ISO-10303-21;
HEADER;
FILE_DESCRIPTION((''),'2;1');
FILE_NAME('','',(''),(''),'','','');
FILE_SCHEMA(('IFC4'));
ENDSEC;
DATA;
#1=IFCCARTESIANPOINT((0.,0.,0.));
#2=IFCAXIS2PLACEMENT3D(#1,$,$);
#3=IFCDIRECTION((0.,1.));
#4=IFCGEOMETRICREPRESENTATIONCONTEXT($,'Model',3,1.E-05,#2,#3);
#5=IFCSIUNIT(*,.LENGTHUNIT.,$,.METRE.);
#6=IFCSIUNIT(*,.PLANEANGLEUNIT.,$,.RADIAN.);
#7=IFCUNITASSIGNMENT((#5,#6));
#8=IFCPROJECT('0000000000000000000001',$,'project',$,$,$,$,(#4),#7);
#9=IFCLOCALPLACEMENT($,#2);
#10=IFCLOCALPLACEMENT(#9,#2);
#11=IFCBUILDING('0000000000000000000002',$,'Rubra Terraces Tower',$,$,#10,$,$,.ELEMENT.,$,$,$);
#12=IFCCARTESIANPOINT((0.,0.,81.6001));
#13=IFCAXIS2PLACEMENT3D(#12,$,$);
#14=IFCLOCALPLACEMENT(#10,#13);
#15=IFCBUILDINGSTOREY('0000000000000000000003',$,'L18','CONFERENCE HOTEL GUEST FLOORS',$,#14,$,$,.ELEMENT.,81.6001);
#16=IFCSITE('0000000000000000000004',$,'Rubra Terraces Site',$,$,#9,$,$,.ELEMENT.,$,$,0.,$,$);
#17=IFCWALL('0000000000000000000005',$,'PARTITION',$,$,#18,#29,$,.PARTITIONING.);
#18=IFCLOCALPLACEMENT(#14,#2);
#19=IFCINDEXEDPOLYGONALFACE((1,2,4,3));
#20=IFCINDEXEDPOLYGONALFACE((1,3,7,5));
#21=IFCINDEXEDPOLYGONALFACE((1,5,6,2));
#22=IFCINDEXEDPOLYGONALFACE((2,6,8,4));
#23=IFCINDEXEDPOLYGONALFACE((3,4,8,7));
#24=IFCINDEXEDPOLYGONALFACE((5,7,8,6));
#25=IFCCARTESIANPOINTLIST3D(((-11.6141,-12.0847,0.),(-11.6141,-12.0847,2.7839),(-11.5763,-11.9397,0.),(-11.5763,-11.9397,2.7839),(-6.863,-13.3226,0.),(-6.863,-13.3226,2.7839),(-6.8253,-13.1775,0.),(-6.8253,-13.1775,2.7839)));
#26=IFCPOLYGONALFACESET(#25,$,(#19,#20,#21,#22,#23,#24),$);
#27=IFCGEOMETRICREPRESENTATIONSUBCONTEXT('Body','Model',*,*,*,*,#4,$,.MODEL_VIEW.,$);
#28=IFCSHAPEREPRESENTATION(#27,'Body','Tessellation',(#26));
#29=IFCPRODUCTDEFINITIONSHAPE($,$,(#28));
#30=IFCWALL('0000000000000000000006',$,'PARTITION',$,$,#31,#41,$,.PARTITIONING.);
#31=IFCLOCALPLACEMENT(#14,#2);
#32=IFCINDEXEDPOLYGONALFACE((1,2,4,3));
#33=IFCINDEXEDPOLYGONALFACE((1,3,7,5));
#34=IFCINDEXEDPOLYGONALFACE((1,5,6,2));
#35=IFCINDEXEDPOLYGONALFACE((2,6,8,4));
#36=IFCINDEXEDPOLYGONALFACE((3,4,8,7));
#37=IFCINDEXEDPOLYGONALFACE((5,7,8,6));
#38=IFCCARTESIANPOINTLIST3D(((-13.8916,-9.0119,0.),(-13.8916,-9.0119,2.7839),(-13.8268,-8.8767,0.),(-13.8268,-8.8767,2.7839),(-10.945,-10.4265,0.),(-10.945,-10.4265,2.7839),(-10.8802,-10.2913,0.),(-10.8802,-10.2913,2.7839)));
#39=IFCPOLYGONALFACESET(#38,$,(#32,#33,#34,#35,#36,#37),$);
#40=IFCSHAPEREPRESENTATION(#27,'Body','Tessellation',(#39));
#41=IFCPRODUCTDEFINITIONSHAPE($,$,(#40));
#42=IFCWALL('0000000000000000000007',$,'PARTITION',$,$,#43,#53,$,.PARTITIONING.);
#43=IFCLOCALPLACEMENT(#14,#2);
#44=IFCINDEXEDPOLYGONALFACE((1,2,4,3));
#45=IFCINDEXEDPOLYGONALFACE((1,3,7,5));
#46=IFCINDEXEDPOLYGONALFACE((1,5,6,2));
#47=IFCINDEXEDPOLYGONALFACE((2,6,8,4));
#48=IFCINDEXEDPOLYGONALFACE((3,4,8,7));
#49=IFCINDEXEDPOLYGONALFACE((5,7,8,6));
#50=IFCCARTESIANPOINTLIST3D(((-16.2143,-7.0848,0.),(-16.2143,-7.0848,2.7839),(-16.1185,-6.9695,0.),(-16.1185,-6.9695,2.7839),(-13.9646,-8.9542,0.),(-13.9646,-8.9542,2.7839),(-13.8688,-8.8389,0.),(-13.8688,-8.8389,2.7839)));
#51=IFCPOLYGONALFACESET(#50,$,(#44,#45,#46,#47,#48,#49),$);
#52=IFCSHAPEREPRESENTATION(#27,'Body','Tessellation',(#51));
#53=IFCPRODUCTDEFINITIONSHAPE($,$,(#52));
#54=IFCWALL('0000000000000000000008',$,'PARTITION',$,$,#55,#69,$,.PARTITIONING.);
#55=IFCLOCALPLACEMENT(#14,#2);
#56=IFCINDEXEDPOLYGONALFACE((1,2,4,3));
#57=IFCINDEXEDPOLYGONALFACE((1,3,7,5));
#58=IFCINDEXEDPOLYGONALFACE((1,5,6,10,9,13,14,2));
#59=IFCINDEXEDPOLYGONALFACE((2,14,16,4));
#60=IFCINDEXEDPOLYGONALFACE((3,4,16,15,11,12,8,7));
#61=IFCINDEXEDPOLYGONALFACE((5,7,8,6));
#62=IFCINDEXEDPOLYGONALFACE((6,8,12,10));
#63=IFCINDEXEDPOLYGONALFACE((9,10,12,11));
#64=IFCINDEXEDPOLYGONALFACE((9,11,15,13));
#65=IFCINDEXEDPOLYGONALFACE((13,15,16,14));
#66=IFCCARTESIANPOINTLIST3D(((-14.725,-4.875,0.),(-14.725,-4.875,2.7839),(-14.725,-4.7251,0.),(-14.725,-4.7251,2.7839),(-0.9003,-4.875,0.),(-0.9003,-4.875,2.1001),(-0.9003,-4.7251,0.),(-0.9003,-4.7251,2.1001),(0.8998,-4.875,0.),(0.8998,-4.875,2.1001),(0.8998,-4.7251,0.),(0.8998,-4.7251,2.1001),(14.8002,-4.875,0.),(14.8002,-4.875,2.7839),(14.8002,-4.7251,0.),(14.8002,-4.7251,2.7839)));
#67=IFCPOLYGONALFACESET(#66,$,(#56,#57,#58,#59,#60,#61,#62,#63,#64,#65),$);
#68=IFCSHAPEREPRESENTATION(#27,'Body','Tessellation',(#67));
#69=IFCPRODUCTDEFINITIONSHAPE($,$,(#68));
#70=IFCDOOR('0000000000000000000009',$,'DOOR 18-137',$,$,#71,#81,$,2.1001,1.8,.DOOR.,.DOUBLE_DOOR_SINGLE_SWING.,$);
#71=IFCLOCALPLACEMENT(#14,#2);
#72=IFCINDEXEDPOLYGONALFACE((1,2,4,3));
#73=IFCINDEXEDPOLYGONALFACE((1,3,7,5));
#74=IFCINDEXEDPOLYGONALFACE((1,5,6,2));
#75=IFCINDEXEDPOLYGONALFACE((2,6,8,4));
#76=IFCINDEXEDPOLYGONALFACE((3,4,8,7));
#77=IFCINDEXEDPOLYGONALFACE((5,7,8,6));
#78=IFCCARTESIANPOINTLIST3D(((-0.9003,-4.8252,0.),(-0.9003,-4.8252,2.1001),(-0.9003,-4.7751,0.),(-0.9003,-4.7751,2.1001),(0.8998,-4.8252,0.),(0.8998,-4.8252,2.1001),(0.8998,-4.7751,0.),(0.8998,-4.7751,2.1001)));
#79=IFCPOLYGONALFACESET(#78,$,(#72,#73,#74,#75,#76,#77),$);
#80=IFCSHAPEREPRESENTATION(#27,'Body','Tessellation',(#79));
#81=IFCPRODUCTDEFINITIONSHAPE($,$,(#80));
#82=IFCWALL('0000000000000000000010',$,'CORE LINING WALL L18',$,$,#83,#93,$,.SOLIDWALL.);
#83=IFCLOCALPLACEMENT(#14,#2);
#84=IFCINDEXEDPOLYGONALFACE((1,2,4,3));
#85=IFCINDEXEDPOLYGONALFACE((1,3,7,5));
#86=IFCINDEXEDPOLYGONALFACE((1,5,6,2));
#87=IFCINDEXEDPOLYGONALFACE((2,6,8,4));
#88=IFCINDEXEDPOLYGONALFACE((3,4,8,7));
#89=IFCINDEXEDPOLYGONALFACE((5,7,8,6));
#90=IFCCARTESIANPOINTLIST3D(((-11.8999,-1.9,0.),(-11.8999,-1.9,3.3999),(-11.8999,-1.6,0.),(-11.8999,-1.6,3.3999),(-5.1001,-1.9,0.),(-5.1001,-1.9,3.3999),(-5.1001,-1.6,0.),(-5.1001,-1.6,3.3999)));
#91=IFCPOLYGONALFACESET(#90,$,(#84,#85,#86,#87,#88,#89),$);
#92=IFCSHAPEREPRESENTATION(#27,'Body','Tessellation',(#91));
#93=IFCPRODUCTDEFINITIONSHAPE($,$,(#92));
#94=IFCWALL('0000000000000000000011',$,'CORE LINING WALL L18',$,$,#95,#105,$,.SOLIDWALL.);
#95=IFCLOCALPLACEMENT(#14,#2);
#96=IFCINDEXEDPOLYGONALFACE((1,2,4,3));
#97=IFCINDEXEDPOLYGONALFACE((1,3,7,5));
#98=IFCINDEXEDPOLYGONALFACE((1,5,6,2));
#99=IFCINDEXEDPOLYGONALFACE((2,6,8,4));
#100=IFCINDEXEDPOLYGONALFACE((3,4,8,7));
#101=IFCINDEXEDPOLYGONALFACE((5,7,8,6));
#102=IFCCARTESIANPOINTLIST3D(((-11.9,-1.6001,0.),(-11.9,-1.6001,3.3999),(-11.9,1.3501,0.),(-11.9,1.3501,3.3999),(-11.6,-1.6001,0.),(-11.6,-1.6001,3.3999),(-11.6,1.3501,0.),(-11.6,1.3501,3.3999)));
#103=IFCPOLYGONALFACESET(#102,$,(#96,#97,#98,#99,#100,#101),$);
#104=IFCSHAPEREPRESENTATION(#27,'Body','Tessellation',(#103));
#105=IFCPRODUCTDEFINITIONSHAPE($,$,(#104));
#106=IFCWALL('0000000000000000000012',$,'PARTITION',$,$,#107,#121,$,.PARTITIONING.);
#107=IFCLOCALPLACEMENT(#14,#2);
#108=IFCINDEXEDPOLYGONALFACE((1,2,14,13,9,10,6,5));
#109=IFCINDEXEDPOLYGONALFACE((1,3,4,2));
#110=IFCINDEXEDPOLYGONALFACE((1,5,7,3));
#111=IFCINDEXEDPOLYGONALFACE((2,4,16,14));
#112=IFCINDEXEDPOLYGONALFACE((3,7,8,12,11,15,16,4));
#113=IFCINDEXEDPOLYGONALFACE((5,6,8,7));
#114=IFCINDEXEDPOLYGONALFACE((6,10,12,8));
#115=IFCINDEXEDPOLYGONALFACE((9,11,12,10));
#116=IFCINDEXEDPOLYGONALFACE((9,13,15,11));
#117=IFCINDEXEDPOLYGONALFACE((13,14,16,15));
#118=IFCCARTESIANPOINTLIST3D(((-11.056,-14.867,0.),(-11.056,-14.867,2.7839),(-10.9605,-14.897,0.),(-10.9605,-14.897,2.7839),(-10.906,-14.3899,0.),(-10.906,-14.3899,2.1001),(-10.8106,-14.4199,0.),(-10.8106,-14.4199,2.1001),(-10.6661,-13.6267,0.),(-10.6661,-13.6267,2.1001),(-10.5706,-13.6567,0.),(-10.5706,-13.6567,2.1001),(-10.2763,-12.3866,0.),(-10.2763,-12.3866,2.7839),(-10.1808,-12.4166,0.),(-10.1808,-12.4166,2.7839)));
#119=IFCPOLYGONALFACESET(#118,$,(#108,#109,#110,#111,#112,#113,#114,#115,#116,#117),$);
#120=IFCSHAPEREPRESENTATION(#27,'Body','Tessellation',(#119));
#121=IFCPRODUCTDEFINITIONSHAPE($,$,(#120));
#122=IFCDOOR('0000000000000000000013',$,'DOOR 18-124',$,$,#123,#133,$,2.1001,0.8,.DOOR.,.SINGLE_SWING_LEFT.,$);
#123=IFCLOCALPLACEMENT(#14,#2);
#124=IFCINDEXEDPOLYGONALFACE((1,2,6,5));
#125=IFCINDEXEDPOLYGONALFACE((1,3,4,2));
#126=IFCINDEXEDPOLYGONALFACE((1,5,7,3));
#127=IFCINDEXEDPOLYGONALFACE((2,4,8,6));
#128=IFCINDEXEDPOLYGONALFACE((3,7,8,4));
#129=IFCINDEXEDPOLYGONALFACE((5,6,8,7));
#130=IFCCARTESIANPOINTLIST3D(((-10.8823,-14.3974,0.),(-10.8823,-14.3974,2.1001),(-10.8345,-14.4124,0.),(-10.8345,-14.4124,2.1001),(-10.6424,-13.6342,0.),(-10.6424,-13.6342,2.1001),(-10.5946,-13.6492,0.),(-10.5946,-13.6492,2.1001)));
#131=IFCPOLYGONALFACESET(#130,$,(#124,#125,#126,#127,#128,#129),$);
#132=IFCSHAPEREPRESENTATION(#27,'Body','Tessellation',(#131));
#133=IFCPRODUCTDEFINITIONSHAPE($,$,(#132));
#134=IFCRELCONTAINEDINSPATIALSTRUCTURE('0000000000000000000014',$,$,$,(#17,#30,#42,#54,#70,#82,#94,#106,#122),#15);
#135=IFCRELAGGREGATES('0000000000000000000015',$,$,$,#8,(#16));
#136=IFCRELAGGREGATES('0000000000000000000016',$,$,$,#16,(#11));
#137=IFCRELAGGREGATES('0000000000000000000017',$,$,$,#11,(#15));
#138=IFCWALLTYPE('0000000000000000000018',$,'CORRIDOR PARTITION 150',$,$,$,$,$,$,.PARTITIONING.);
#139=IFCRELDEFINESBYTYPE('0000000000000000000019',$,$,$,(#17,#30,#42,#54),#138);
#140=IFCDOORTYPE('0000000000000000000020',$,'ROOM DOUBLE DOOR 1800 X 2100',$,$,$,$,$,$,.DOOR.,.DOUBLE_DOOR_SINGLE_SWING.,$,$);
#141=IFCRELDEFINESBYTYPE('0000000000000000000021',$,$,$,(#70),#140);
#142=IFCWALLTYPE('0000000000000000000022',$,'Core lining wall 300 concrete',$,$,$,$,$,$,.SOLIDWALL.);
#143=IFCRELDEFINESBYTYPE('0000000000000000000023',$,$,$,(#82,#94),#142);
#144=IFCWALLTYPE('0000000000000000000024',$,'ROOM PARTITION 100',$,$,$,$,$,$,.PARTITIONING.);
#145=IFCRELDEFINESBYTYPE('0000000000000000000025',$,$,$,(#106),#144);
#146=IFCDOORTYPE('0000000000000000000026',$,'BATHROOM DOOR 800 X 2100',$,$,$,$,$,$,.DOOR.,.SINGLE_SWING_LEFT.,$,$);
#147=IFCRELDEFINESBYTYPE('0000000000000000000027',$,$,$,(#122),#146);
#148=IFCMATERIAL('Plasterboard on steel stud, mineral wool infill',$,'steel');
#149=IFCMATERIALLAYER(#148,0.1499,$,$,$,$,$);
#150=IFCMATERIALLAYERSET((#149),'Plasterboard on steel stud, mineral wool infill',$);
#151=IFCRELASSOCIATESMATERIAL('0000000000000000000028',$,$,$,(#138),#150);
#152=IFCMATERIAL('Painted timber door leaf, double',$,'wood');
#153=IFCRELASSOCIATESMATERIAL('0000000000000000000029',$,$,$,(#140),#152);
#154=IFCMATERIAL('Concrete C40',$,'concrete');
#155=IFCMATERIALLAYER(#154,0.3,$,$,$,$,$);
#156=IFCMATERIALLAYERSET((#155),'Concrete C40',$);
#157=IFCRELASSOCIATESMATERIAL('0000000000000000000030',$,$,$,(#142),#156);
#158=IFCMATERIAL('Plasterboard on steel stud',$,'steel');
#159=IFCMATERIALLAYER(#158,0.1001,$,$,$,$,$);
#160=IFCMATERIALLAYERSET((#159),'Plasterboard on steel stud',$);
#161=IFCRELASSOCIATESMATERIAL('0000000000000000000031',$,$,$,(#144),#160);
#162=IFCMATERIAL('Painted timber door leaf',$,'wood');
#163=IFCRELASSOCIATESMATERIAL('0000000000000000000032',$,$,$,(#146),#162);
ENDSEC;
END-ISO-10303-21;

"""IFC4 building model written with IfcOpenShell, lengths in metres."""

from ifc_helpers import new_model, si_unit, direction, frame, frame_2d, origin, place, context, subcontext, project, spatial, rectangle, extrude, material, layer, layer_set, type_object, element, fill, save


model = new_model("IFC4")

# Units and contexts
model_context = context("Model", 3, precision=1e-05, world=origin(), true_north=direction((0.0, 1.0)))
body_context = subcontext(model_context, "Body", "Model", "MODEL_VIEW")
ifc_project = project(units=[si_unit("LENGTHUNIT", "METRE"), si_unit("PLANEANGLEUNIT", "RADIAN")], contexts=[model_context])

# Site, building, storey
site_placement = place(None, origin())
site = spatial("IfcSite", under=ifc_project, at=site_placement, Name="Rubra Terraces Site", CompositionType="ELEMENT", RefElevation=0.0)
building_placement = place(site_placement, origin())
building = spatial("IfcBuilding", under=site, at=building_placement, Name="Rubra Terraces Tower", CompositionType="ELEMENT")
storey_placement = place(building_placement, frame((0.0, 0.0, 81.6001)))
storey = spatial("IfcBuildingStorey", under=building, at=storey_placement, Name="L18", Description="CONFERENCE HOTEL GUEST FLOORS", CompositionType="ELEMENT", Elevation=81.6001)

# Shared definitions
ifc_material_1 = material(Name="Plasterboard on steel stud, mineral wool infill", Category="steel")
ifc_layer_1 = layer(ifc_material_1, 0.1499)
ifc_layer_set_1 = layer_set([ifc_layer_1], Name="Plasterboard on steel stud, mineral wool infill")
wall_type_1 = type_object("IfcWallType", Name="CORRIDOR PARTITION 150", PredefinedType="PARTITIONING", material=ifc_layer_set_1)
ifc_material_2 = material(Name="Painted timber door leaf", Category="wood")

# Walls
wall_1_placement = place(storey_placement, frame((-11.5952, -12.0122, 0.0), z_axis=(0.0, 0.0, 1.0), x_axis=(0.967696, -0.252118, 0.0)))
element("IfcWall", 1, at=wall_1_placement, inside=storey, type_object=wall_type_1, Name="PARTITION", PredefinedType="PARTITIONING", context=body_context, shape_type="SweptSolid", body=[
    extrude(rectangle(XDim=4.9097, YDim=0.1499, at=frame_2d((2.4548, 0.0))), origin(), (0.0, 0.0, 1.0), 2.7839),
])
wall_2_placement = place(storey_placement, frame((-10.9126, -10.3589, 0.0), z_axis=(0.0, 0.0, 1.0), x_axis=(-0.901497, 0.432784, 0.0)))
element("IfcWall", 2, at=wall_2_placement, inside=storey, type_object=wall_type_1, Name="PARTITION", PredefinedType="PARTITIONING", context=body_context, shape_type="SweptSolid", body=[
    extrude(rectangle(XDim=3.2686, YDim=0.1499, at=frame_2d((1.6343, 0.0))), origin(), (0.0, 0.0, 1.0), 2.7839),
])
wall_3_placement = place(storey_placement, frame((-13.9167, -8.8965, 0.0), z_axis=(0.0, 0.0, 1.0), x_axis=(-0.76913, 0.639092, 0.0)))
element("IfcWall", 3, at=wall_3_placement, inside=storey, type_object=wall_type_1, Name="PARTITION", PredefinedType="PARTITIONING", context=body_context, shape_type="SweptSolid", body=[
    extrude(rectangle(XDim=2.925, YDim=0.1499, at=frame_2d((1.4624, 0.0))), origin(), (0.0, 0.0, 1.0), 2.7839),
])

# Wall, opening, door
wall_4_placement = place(storey_placement, frame((-14.7251, -4.8, 0.0), z_axis=(0.0, 0.0, 1.0), x_axis=(1.0, 0.0, 0.0)))
wall_4 = element("IfcWall", 4, at=wall_4_placement, inside=storey, type_object=wall_type_1, Name="PARTITION", PredefinedType="PARTITIONING", context=body_context, shape_type="SweptSolid", body=[
    extrude(rectangle(XDim=29.5251, YDim=0.1499, at=frame_2d((14.7627, 0.0))), origin(), (0.0, 0.0, 1.0), 2.7839),
])
opening_1_placement = place(wall_4_placement, frame((13.825, 0.0, 0.0)))
opening_1 = element("IfcOpeningElement", 5, at=opening_1_placement, cuts=wall_4, PredefinedType="OPENING", context=body_context, shape_type="SweptSolid", body=[
    extrude(rectangle(XDim=1.8, YDim=2.1001, at=frame_2d((0.8999, 1.05))), frame((0.0, 0.085, 0.0), z_axis=(0.0, -1.0, 0.0), x_axis=(1.0, 0.0, 0.0)), (0.0, 0.0, 1.0), 0.1699),
])
ifc_material_3 = material(Name="Painted timber door leaf, double", Category="wood")
door_type_1 = type_object("IfcDoorType", Name="ROOM DOUBLE DOOR 1800 X 2100", OperationType="DOUBLE_DOOR_SINGLE_SWING", PredefinedType="DOOR", material=ifc_material_3)
door_1_placement = place(opening_1_placement, origin())
door_1 = element("IfcDoor", 6, at=door_1_placement, inside=storey, type_object=door_type_1, Name="DOOR 18-137", OperationType="DOUBLE_DOOR_SINGLE_SWING", OverallHeight=2.1001, OverallWidth=1.8, PredefinedType="DOOR", context=body_context, shape_type="SweptSolid", body=[
    extrude(rectangle(XDim=1.8, YDim=2.1001, at=frame_2d((0.8999, 1.05))), frame((0.0, 0.0249, 0.0), z_axis=(0.0, -1.0, 0.0), x_axis=(1.0, 0.0, 0.0)), (0.0, 0.0, 1.0), 0.05),
])
fill(opening_1, door_1)

# Walls
ifc_material_4 = material(Name="Concrete C40", Category="concrete")
ifc_layer_2 = layer(ifc_material_4, 0.3)
ifc_layer_set_2 = layer_set([ifc_layer_2], Name="Concrete C40")
wall_type_2 = type_object("IfcWallType", Name="Core lining wall 300 concrete", PredefinedType="SOLIDWALL", material=ifc_layer_set_2)
wall_5_placement = place(storey_placement, frame((-11.8999, -1.75, 0.0), z_axis=(0.0, 0.0, 1.0), x_axis=(1.0, 0.0, 0.0)))
element("IfcWall", 7, at=wall_5_placement, inside=storey, type_object=wall_type_2, Name="CORE LINING WALL L18", PredefinedType="SOLIDWALL", context=body_context, shape_type="SweptSolid", body=[
    extrude(rectangle(XDim=6.7998, YDim=0.3, at=frame_2d((3.3999, 0.0))), origin(), (0.0, 0.0, 1.0), 3.3999),
])
wall_6_placement = place(storey_placement, frame((-11.75, -1.6001, 0.0), z_axis=(0.0, 0.0, 1.0), x_axis=(0.0, 1.0, 0.0)))
element("IfcWall", 8, at=wall_6_placement, inside=storey, type_object=wall_type_2, Name="CORE LINING WALL L18", PredefinedType="SOLIDWALL", context=body_context, shape_type="SweptSolid", body=[
    extrude(rectangle(XDim=2.9502, YDim=0.3, at=frame_2d((1.4751, 0.0))), origin(), (0.0, 0.0, 1.0), 3.3999),
])

# Wall, opening, door
ifc_material_5 = material(Name="Plasterboard on steel stud", Category="steel")
ifc_layer_3 = layer(ifc_material_5, 0.1001)
ifc_layer_set_3 = layer_set([ifc_layer_3], Name="Plasterboard on steel stud")
wall_type_3 = type_object("IfcWallType", Name="ROOM PARTITION 100", PredefinedType="PARTITIONING", material=ifc_layer_set_3)
wall_7_placement = place(storey_placement, frame((-10.2285, -12.4016, 0.0), z_axis=(0.0, 0.0, 1.0), x_axis=(-0.2999, -0.953971, 0.0)))
wall_7 = element("IfcWall", 9, at=wall_7_placement, inside=storey, type_object=wall_type_3, Name="PARTITION", PredefinedType="PARTITIONING", context=body_context, shape_type="SweptSolid", body=[
    extrude(rectangle(XDim=2.6001, YDim=0.1001, at=frame_2d((1.3, 0.0))), origin(), (0.0, 0.0, 1.0), 2.7839),
])
opening_2_placement = place(wall_7_placement, frame((1.3, 0.0, 0.0)))
opening_2 = element("IfcOpeningElement", 10, at=opening_2_placement, cuts=wall_7, PredefinedType="OPENING", context=body_context, shape_type="SweptSolid", body=[
    extrude(rectangle(XDim=0.8, YDim=2.1001, at=frame_2d((0.3999, 1.05))), frame((0.0, 0.0601, 0.0), z_axis=(0.0, -1.0, 0.0), x_axis=(1.0, 0.0, 0.0)), (0.0, 0.0, 1.0), 0.1201),
])
door_type_2 = type_object("IfcDoorType", Name="BATHROOM DOOR 800 X 2100", OperationType="SINGLE_SWING_LEFT", PredefinedType="DOOR", material=ifc_material_2)
door_2_placement = place(opening_2_placement, origin())
door_2 = element("IfcDoor", 11, at=door_2_placement, inside=storey, type_object=door_type_2, Name="DOOR 18-124", OperationType="SINGLE_SWING_LEFT", OverallHeight=2.1001, OverallWidth=0.8, PredefinedType="DOOR", context=body_context, shape_type="SweptSolid", body=[
    extrude(rectangle(XDim=0.8, YDim=2.1001, at=frame_2d((0.3999, 1.05))), frame((0.0, 0.0249, 0.0), z_axis=(0.0, -1.0, 0.0), x_axis=(1.0, 0.0, 0.0)), (0.0, 0.0, 1.0), 0.05),
])
fill(opening_2, door_2)

save(model, "model.ifc")
